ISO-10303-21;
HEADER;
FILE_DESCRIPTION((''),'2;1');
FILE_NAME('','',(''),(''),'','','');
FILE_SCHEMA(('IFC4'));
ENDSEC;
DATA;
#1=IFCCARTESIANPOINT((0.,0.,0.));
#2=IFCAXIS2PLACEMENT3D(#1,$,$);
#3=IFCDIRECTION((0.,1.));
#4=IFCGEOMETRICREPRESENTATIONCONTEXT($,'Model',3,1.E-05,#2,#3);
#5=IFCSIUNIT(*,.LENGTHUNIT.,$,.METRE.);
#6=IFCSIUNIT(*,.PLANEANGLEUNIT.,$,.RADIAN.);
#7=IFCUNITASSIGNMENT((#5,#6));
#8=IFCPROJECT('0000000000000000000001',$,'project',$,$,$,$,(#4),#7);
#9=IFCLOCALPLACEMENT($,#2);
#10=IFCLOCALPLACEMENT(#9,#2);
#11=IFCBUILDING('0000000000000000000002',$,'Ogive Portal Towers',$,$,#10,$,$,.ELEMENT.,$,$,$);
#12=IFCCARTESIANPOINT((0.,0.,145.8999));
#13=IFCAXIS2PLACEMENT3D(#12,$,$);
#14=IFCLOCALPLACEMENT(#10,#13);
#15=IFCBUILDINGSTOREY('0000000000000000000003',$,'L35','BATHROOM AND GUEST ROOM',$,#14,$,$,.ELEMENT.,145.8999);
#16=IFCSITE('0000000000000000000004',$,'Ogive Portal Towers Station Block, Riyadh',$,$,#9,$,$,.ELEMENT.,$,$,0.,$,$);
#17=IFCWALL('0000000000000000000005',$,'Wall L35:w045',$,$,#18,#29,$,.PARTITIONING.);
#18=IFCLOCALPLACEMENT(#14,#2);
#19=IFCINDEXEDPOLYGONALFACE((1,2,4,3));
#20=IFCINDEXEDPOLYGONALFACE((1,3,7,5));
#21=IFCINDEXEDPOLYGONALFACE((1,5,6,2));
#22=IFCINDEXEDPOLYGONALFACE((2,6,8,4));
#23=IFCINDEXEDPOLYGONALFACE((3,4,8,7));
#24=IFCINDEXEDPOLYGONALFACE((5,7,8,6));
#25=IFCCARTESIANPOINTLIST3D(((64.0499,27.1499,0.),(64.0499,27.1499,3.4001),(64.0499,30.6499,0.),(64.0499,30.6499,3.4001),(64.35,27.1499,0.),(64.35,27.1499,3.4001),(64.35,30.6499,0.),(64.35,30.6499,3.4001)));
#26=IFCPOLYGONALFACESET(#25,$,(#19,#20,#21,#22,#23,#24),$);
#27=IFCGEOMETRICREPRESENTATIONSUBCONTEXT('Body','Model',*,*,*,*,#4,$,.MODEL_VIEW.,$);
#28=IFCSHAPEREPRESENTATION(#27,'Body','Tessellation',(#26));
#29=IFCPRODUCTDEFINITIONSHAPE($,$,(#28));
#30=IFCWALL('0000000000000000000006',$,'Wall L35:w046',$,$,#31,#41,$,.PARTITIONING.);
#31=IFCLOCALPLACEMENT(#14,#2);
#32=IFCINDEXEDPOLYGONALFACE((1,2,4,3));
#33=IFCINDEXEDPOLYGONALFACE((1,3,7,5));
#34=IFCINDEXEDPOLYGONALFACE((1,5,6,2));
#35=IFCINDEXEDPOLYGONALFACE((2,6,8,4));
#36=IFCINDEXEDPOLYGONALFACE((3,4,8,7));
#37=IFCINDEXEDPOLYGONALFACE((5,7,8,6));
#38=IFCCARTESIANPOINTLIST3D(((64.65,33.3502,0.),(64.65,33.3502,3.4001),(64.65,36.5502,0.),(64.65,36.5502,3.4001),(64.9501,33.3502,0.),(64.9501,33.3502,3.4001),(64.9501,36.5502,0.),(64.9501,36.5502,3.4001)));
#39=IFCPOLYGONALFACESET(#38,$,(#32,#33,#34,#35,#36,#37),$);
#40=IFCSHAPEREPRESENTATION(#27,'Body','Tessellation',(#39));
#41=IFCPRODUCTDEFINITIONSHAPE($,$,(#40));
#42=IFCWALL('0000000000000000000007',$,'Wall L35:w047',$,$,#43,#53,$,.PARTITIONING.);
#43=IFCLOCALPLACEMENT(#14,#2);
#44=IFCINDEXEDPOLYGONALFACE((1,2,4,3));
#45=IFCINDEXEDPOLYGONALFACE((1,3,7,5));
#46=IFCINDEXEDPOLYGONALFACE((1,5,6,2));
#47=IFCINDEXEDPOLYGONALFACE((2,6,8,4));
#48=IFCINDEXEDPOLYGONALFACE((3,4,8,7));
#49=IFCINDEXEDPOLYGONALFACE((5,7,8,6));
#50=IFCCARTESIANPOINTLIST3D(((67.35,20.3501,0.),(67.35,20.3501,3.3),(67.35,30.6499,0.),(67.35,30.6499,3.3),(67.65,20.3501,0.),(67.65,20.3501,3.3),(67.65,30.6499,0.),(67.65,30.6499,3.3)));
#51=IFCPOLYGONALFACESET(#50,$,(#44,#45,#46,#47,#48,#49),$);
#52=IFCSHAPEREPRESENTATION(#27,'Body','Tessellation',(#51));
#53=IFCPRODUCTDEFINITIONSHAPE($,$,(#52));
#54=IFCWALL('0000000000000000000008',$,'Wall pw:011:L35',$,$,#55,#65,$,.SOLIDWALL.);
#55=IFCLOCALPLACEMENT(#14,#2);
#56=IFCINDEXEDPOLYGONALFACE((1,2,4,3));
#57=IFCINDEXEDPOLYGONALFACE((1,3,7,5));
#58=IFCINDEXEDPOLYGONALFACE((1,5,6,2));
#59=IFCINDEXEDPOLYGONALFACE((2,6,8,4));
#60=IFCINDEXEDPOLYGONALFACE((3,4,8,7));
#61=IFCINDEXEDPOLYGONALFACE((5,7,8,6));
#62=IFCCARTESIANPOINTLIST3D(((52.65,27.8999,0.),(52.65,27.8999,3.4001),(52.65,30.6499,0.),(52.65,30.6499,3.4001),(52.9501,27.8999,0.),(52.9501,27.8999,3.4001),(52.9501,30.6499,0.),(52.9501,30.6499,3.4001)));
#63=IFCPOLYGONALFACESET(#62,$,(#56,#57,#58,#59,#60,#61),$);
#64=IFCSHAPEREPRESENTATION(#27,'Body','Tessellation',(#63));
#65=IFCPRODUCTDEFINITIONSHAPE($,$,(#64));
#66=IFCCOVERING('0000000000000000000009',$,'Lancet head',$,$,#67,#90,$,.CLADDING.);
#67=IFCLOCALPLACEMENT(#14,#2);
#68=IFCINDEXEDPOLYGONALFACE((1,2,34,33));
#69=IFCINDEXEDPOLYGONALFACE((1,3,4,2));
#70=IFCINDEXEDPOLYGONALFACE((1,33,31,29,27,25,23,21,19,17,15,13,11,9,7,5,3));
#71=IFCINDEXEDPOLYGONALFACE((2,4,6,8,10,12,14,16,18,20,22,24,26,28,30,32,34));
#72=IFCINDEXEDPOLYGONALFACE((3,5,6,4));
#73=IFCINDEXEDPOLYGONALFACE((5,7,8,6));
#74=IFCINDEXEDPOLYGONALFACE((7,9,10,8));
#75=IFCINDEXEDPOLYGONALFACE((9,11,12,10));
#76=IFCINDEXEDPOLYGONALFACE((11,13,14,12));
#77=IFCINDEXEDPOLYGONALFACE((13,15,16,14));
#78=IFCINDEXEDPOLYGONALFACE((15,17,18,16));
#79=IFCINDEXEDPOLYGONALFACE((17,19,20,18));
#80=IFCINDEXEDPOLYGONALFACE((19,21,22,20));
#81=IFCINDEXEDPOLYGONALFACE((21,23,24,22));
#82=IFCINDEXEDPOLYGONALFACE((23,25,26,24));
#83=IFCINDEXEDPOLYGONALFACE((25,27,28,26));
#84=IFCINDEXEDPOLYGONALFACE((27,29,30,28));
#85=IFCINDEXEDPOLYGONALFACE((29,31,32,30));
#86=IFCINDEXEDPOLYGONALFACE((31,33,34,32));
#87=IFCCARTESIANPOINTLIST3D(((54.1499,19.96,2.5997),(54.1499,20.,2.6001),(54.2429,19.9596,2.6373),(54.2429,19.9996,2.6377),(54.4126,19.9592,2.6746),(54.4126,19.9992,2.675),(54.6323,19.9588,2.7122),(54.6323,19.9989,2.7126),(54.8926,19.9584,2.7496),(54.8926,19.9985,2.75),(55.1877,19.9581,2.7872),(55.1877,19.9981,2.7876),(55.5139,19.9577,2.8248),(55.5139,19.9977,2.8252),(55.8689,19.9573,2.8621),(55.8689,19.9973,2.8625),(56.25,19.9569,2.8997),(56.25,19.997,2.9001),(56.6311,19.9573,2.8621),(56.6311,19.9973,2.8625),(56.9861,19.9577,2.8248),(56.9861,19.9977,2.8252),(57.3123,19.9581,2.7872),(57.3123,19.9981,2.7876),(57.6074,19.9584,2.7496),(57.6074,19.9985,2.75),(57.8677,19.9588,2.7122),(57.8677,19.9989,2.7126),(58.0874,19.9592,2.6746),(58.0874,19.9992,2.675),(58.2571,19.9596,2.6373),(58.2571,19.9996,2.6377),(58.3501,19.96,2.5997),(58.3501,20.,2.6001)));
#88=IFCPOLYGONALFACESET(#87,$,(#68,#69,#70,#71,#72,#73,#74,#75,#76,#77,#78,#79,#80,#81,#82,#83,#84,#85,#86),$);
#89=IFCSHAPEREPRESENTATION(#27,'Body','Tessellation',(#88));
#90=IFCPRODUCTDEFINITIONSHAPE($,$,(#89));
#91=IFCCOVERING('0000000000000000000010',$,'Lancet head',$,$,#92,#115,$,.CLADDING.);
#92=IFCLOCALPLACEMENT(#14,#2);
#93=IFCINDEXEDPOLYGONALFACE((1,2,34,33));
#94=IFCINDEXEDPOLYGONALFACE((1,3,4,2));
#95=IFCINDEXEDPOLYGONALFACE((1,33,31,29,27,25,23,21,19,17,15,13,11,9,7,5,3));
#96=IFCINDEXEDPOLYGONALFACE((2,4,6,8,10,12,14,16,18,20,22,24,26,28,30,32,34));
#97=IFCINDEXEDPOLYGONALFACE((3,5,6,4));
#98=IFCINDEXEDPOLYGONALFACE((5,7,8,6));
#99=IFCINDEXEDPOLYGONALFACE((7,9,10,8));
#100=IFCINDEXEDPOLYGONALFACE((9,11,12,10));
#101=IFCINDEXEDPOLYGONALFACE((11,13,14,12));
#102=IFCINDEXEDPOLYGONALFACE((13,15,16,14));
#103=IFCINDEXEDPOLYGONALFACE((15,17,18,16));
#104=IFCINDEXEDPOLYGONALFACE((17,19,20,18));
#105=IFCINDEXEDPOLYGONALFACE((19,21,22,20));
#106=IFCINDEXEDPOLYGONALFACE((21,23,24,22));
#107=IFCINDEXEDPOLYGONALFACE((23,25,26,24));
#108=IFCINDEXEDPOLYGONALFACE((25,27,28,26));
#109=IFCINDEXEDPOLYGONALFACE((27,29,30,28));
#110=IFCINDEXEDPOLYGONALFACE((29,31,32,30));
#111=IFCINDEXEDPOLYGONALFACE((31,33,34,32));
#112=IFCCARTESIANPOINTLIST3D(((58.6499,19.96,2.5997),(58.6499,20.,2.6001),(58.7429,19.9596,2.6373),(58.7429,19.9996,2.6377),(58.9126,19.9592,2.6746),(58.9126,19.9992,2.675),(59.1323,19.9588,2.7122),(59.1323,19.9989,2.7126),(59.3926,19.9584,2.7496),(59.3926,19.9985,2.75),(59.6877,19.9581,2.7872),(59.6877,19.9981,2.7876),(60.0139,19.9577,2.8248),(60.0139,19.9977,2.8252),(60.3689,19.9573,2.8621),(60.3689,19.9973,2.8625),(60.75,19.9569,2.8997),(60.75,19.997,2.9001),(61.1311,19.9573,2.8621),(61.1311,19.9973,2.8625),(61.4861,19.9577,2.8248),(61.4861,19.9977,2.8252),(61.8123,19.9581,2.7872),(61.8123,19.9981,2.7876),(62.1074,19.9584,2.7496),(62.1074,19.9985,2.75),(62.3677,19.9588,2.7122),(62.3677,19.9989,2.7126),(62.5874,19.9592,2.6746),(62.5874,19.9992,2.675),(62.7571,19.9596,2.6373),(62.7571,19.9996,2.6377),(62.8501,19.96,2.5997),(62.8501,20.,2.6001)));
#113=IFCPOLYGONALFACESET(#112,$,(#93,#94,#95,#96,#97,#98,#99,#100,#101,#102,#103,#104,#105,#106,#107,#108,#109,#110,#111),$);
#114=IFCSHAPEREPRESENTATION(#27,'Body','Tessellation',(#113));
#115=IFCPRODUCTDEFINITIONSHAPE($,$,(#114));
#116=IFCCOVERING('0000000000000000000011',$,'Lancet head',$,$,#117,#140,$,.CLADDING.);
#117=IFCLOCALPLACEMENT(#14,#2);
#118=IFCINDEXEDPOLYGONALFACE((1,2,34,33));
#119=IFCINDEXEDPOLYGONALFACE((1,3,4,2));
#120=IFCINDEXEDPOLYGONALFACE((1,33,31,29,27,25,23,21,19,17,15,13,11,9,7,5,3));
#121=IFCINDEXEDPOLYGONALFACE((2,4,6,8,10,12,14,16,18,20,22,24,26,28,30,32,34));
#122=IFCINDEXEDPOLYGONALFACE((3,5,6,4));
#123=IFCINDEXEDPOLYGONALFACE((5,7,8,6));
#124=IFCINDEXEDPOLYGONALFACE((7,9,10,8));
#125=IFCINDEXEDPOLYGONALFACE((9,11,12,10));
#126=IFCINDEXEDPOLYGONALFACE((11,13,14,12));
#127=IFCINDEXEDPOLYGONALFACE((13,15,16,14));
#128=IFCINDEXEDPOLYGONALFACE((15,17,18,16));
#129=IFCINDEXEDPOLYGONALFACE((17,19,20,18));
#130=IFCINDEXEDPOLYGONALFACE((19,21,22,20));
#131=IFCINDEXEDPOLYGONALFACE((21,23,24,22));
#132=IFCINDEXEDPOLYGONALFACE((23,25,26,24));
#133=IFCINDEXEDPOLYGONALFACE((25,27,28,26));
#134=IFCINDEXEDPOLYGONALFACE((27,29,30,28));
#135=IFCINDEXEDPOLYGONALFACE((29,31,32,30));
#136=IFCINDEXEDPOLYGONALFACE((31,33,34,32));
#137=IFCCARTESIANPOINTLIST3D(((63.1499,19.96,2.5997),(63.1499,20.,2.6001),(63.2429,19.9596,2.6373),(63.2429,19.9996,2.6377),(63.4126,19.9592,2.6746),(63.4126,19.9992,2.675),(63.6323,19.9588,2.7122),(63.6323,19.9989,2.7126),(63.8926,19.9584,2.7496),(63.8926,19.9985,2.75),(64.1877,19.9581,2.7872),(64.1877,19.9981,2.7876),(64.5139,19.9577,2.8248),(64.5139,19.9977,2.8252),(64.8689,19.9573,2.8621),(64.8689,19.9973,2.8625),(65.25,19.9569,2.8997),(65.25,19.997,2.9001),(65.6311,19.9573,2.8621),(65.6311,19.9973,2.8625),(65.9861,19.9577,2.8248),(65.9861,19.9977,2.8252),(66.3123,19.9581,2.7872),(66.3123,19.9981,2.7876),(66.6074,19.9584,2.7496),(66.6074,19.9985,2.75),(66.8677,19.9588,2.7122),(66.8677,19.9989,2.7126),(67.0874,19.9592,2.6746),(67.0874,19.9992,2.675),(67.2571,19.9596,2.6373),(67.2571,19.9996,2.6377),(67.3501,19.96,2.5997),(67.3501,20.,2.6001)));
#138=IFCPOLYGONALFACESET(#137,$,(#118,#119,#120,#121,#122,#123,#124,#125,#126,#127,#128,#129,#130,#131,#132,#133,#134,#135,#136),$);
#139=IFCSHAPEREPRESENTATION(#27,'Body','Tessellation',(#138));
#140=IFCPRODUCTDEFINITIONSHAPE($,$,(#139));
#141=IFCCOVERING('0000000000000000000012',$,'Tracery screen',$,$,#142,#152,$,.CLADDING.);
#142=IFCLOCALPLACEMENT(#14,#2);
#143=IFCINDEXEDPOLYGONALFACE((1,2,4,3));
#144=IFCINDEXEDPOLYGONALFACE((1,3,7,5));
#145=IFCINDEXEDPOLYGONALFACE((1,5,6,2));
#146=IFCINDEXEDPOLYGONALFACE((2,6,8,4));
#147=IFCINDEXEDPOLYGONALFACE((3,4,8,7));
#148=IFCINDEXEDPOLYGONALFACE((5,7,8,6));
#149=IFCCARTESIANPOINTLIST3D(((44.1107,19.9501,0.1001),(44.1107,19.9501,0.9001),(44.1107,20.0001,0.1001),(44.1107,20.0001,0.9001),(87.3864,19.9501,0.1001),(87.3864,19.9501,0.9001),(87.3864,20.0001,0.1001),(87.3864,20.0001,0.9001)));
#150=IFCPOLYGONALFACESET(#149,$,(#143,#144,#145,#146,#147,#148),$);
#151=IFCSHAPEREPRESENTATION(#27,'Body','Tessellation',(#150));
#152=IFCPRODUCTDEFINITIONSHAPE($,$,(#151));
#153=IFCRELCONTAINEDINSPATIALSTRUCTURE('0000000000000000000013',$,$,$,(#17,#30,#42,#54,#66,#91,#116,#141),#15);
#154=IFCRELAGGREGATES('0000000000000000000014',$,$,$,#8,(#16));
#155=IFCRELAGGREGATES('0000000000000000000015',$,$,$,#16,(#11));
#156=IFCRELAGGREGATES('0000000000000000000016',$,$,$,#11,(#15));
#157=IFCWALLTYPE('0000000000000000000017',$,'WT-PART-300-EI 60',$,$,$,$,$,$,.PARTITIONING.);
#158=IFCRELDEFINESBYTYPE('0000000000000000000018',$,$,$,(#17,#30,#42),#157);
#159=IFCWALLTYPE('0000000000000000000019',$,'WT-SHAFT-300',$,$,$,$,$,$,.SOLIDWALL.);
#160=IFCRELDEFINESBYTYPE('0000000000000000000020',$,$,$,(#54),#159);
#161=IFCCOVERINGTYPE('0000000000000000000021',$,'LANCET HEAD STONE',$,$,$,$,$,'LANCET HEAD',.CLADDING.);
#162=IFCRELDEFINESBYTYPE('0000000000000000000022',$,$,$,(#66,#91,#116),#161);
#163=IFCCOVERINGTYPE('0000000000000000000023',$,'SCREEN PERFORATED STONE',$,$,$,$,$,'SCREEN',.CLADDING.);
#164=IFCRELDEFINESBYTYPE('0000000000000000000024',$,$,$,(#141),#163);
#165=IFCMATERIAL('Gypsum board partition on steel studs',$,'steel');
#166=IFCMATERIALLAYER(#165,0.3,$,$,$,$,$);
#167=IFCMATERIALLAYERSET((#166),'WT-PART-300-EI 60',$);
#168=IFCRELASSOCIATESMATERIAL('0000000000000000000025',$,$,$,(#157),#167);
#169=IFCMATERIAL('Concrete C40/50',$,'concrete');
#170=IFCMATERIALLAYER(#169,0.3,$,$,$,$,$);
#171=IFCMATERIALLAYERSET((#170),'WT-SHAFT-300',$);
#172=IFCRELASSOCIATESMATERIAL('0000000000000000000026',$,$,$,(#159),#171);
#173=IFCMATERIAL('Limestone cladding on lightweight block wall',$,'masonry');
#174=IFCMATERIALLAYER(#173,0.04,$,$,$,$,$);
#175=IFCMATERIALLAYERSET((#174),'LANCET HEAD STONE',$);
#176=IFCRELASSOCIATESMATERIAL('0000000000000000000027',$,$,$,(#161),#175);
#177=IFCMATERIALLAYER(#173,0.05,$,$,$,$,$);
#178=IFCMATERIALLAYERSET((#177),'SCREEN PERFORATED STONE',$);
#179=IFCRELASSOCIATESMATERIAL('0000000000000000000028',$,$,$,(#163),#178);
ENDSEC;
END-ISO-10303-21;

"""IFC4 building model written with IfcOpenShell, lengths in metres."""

from ifc_helpers import new_model, si_unit, direction, frame, frame_2d, origin, origin_2d, place, context, subcontext, project, spatial, polyline, rectangle, outline, extrude, material, layer, layer_set, type_object, element, save


model = new_model("IFC4")

# Units and contexts
model_context = context("Model", 3, precision=1e-05, world=origin(), true_north=direction((0.0, 1.0)))
body_context = subcontext(model_context, "Body", "Model", "MODEL_VIEW")
ifc_project = project(units=[si_unit("LENGTHUNIT", "METRE"), si_unit("PLANEANGLEUNIT", "RADIAN")], contexts=[model_context])

# Site, building, storey
site_placement = place(None, origin())
site = spatial("IfcSite", under=ifc_project, at=site_placement, Name="Ogive Portal Towers Station Block, Riyadh", CompositionType="ELEMENT", RefElevation=0.0)
building_placement = place(site_placement, origin())
building = spatial("IfcBuilding", under=site, at=building_placement, Name="Ogive Portal Towers", CompositionType="ELEMENT")
storey_placement = place(building_placement, frame((0.0, 0.0, 145.8999)))
storey = spatial("IfcBuildingStorey", under=building, at=storey_placement, Name="L35", Description="BATHROOM AND GUEST ROOM", CompositionType="ELEMENT", Elevation=145.8999)

# Shared definitions
ifc_material_1 = material(Name="Gypsum board partition on steel studs", Category="steel")

# Shared definitions
ifc_layer_1 = layer(ifc_material_1, 0.3)
ifc_layer_set_1 = layer_set([ifc_layer_1], Name="WT-PART-300-EI 60")
wall_type_1 = type_object("IfcWallType", Name="WT-PART-300-EI 60", PredefinedType="PARTITIONING", material=ifc_layer_set_1)

# Walls
wall_1_placement = place(storey_placement, frame((64.2, 27.1499, 0.0), z_axis=(0.0, 0.0, 1.0), x_axis=(0.0, 1.0, 0.0)))
element("IfcWall", 1, at=wall_1_placement, inside=storey, type_object=wall_type_1, Name="Wall L35:w045", PredefinedType="PARTITIONING", context=body_context, shape_type="SweptSolid", body=[
    extrude(rectangle(XDim=3.5, YDim=0.3, at=frame_2d((1.75, 0.0))), origin(), (0.0, 0.0, 1.0), 3.4001),
])
wall_2_placement = place(storey_placement, frame((64.8, 33.3501, 0.0), z_axis=(0.0, 0.0, 1.0), x_axis=(0.0, 1.0, 0.0)))
element("IfcWall", 2, at=wall_2_placement, inside=storey, type_object=wall_type_1, Name="Wall L35:w046", PredefinedType="PARTITIONING", context=body_context, shape_type="SweptSolid", body=[
    extrude(rectangle(XDim=3.2, YDim=0.3, at=frame_2d((1.6001, 0.0))), origin(), (0.0, 0.0, 1.0), 3.4001),
])
wall_3_placement = place(storey_placement, frame((67.5, 20.3501, 0.0), z_axis=(0.0, 0.0, 1.0), x_axis=(0.0, 1.0, 0.0)))
element("IfcWall", 3, at=wall_3_placement, inside=storey, type_object=wall_type_1, Name="Wall L35:w047", PredefinedType="PARTITIONING", context=body_context, shape_type="SweptSolid", body=[
    extrude(rectangle(XDim=10.2998, YDim=0.3, at=frame_2d((5.1499, 0.0))), origin(), (0.0, 0.0, 1.0), 3.3),
])
ifc_material_2 = material(Name="Concrete C40/50", Category="concrete")
ifc_layer_2 = layer(ifc_material_2, 0.3)
ifc_layer_set_2 = layer_set([ifc_layer_2], Name="WT-SHAFT-300")
wall_type_2 = type_object("IfcWallType", Name="WT-SHAFT-300", PredefinedType="SOLIDWALL", material=ifc_layer_set_2)
wall_4_placement = place(storey_placement, frame((52.8, 27.8999, 0.0), z_axis=(0.0, 0.0, 1.0), x_axis=(0.0, 1.0, 0.0)))
element("IfcWall", 4, at=wall_4_placement, inside=storey, type_object=wall_type_2, Name="Wall pw:011:L35", PredefinedType="SOLIDWALL", context=body_context, shape_type="SweptSolid", body=[
    extrude(rectangle(XDim=2.75, YDim=0.3, at=frame_2d((1.375, 0.0))), origin(), (0.0, 0.0, 1.0), 3.4001),
])

# Coverings
ifc_material_3 = material(Name="Limestone cladding on lightweight block wall", Category="masonry")
ifc_layer_3 = layer(ifc_material_3, 0.04)
ifc_layer_set_3 = layer_set([ifc_layer_3], Name="LANCET HEAD STONE")
covering_type_1 = type_object("IfcCoveringType", Name="LANCET HEAD STONE", ElementType="LANCET HEAD", PredefinedType="CLADDING", material=ifc_layer_set_3)
for number, where, z_axis, x_axis, name in (
    (5, (54.1499, 20.0, 2.6001), (0.0, 0.999949, 0.010105), (1.0, 0.0, 0.0), "Lancet head"),
    (6, (58.6499, 20.0, 2.6001), (0.0, 0.999949, 0.010105), (1.0, 0.0, 0.0), "Lancet head"),
    (7, (63.1499, 20.0, 2.6001), (0.0, 0.999949, 0.010105), (1.0, 0.0, 0.0), "Lancet head"),
):
    element("IfcCovering", number, at=place(storey_placement, frame(where, z_axis=z_axis, x_axis=x_axis)), inside=storey, type_object=covering_type_1, Name=name, PredefinedType="CLADDING", context=body_context, shape_type="SweptSolid", body=[
        extrude(outline(polyline([(0.0, 0.0), (4.2002, 0.0), (4.1072, -0.0376), (3.9375, -0.075), (3.7178, -0.1126), (3.4575, -0.1499), (3.1624, -0.1875), (2.8362, -0.2251), (2.4812, -0.2625), (2.1001, -0.3001), (1.719, -0.2625), (1.364, -0.2251), (1.0378, -0.1875), (0.7427, -0.1499), (0.4824, -0.1126), (0.2627, -0.075), (0.093, -0.0376), (0.0, 0.0)])), origin(), (0.0, 0.0, -1.0), 0.04),
    ])
ifc_layer_4 = layer(ifc_material_3, 0.05)
ifc_layer_set_4 = layer_set([ifc_layer_4], Name="SCREEN PERFORATED STONE")
covering_type_2 = type_object("IfcCoveringType", Name="SCREEN PERFORATED STONE", ElementType="SCREEN", PredefinedType="CLADDING", material=ifc_layer_set_4)
covering_placement = place(storey_placement, frame((65.7485, 19.9751, 0.1001), z_axis=(0.0, 0.0, 1.0), x_axis=(1.0, 0.0, 0.0)))
element("IfcCovering", 8, at=covering_placement, inside=storey, type_object=covering_type_2, Name="Tracery screen", PredefinedType="CLADDING", context=body_context, shape_type="SweptSolid", body=[
    extrude(rectangle(XDim=43.2756, YDim=0.05, at=origin_2d()), origin(), (0.0, 0.0, 1.0), 0.8),
])

save(model, "model.ifc")
